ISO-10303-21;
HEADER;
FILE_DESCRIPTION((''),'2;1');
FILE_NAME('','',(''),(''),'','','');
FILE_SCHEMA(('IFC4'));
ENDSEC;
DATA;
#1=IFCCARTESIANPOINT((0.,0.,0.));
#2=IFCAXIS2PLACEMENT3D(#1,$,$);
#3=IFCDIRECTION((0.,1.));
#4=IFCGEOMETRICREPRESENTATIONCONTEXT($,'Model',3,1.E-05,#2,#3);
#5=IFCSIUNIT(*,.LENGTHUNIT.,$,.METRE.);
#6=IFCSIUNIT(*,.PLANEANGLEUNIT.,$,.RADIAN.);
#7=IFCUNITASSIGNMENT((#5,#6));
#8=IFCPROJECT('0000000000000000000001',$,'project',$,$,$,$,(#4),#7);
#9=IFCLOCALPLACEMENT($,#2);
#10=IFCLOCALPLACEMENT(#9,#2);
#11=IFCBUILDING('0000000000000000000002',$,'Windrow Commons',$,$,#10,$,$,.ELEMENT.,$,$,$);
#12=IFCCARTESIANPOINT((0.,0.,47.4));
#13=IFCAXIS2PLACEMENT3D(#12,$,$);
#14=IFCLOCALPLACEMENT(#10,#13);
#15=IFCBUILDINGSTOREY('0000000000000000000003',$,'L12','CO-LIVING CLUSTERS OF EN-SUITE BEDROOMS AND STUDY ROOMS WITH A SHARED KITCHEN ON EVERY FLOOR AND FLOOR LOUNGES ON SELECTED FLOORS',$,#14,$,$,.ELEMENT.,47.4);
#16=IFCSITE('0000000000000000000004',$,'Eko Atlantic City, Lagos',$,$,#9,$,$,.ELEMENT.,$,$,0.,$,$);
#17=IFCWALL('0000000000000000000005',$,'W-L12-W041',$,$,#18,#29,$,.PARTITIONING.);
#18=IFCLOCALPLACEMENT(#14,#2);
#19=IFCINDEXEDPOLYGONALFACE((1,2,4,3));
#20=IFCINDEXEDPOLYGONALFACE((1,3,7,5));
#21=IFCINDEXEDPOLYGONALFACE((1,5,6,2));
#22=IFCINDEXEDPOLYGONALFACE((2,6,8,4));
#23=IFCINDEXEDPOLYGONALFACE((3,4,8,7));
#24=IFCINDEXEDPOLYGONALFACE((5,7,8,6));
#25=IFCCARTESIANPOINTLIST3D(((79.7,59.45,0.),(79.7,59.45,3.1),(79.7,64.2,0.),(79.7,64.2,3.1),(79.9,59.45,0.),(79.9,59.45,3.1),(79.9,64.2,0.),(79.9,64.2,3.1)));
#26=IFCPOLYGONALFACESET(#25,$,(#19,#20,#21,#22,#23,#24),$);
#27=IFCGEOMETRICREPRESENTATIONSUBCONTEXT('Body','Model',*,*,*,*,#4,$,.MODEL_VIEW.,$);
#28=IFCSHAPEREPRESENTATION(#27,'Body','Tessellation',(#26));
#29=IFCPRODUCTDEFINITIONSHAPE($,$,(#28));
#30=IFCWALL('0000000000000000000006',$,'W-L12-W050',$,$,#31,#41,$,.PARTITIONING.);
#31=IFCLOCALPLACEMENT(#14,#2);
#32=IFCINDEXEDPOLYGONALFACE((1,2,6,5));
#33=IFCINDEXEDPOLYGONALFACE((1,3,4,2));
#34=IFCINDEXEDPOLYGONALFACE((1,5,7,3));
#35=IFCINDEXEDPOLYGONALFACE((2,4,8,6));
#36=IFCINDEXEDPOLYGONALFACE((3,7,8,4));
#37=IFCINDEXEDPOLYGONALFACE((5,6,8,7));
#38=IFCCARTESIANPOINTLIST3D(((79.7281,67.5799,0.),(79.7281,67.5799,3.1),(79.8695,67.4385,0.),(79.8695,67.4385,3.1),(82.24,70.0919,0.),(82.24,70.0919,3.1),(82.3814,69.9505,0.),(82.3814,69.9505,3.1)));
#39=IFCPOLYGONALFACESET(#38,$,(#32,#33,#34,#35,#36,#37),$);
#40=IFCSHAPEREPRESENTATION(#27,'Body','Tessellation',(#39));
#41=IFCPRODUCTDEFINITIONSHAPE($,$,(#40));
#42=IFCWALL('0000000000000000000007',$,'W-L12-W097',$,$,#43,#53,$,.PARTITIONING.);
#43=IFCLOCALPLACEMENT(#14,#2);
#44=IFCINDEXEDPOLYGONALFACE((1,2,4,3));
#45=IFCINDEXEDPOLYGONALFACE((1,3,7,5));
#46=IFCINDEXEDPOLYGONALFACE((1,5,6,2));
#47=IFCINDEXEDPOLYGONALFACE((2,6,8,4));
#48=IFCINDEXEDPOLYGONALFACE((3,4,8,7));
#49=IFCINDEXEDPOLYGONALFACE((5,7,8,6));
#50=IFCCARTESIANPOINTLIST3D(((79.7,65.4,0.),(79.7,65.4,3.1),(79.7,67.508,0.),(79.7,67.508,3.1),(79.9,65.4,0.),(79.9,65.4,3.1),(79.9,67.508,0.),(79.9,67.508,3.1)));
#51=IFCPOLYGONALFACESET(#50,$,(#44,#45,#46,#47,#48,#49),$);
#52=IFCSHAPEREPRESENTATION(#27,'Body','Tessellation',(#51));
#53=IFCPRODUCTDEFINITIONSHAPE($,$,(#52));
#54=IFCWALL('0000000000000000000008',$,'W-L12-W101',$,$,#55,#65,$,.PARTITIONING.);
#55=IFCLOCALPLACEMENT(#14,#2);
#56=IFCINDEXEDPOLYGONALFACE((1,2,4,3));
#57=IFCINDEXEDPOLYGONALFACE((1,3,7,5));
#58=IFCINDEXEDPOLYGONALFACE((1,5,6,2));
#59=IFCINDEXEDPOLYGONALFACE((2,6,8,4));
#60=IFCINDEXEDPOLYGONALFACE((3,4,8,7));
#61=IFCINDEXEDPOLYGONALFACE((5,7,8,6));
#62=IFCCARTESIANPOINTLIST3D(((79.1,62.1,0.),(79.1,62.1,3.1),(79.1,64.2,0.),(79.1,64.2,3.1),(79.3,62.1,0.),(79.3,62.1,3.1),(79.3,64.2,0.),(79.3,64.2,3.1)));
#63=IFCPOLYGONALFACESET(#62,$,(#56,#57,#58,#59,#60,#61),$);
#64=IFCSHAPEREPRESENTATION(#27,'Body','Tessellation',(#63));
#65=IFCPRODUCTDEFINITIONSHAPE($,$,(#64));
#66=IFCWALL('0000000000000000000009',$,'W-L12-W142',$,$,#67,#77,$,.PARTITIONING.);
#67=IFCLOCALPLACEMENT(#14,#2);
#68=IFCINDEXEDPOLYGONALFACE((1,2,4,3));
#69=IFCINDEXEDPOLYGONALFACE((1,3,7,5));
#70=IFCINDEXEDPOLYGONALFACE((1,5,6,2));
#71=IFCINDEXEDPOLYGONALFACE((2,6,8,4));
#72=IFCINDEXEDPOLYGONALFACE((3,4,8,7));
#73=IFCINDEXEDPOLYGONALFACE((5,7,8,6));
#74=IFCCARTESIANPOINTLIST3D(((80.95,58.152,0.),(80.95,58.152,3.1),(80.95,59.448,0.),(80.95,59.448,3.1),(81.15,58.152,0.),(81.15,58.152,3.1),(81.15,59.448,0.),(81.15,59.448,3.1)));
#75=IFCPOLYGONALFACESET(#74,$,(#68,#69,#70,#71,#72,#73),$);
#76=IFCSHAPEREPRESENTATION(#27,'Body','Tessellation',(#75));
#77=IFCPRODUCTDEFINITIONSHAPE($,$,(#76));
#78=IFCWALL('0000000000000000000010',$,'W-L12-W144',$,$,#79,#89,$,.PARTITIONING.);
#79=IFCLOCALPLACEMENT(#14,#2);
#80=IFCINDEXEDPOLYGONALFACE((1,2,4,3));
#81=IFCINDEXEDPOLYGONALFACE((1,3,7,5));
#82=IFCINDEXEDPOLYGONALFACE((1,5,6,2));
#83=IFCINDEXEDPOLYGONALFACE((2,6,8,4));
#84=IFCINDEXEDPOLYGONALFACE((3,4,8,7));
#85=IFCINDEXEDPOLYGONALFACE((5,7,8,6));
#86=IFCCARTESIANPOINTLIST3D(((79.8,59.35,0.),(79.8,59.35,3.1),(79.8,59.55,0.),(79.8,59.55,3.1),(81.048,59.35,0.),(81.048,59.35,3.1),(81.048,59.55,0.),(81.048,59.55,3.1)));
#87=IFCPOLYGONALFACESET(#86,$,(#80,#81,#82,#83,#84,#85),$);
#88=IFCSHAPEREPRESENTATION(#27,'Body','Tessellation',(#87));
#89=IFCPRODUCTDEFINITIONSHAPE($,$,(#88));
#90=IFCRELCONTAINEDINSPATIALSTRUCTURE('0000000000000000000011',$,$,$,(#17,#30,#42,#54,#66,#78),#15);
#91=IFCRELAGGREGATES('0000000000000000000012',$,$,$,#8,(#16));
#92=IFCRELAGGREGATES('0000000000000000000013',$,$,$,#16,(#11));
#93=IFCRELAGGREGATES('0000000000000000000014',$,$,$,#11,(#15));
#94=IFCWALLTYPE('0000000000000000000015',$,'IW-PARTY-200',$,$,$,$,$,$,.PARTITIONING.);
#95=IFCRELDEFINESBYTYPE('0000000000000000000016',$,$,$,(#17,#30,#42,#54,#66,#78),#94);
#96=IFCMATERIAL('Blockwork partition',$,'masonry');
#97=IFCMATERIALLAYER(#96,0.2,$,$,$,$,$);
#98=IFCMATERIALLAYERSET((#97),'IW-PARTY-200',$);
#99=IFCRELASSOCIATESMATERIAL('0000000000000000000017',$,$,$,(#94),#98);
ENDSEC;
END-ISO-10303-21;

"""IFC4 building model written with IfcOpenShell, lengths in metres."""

from ifc_helpers import new_model, si_unit, direction, frame, frame_2d, origin, place, context, subcontext, project, spatial, rectangle, extrude, material, layer, layer_set, type_object, element, save


model = new_model("IFC4")

# Units and contexts
model_context = context("Model", 3, precision=1e-05, world=origin(), true_north=direction((0.0, 1.0)))
body_context = subcontext(model_context, "Body", "Model", "MODEL_VIEW")
ifc_project = project(units=[si_unit("LENGTHUNIT", "METRE"), si_unit("PLANEANGLEUNIT", "RADIAN")], contexts=[model_context])

# Site, building, storey
site_placement = place(None, origin())
site = spatial("IfcSite", under=ifc_project, at=site_placement, Name="Eko Atlantic City, Lagos", CompositionType="ELEMENT", RefElevation=0.0)
building_placement = place(site_placement, origin())
building = spatial("IfcBuilding", under=site, at=building_placement, Name="Windrow Commons", CompositionType="ELEMENT")
storey_placement = place(building_placement, frame((0.0, 0.0, 47.4)))
storey = spatial("IfcBuildingStorey", under=building, at=storey_placement, Name="L12", Description="CO-LIVING CLUSTERS OF EN-SUITE BEDROOMS AND STUDY ROOMS WITH A SHARED KITCHEN ON EVERY FLOOR AND FLOOR LOUNGES ON SELECTED FLOORS", CompositionType="ELEMENT", Elevation=47.4)

# Walls
ifc_material_1 = material(Name="Blockwork partition", Category="masonry")
ifc_layer_1 = layer(ifc_material_1, 0.2)
ifc_layer_set_1 = layer_set([ifc_layer_1], Name="IW-PARTY-200")
wall_type_1 = type_object("IfcWallType", Name="IW-PARTY-200", PredefinedType="PARTITIONING", material=ifc_layer_set_1)
wall_1_placement = place(storey_placement, frame((79.8, 59.45, 0.0), z_axis=(0.0, 0.0, 1.0), x_axis=(0.0, 1.0, 0.0)))
element("IfcWall", 1, at=wall_1_placement, inside=storey, type_object=wall_type_1, Name="W-L12-W041", PredefinedType="PARTITIONING", context=body_context, shape_type="SweptSolid", body=[
    extrude(rectangle(XDim=4.75, YDim=0.2, at=frame_2d((2.375, 0.0))), origin(), (0.0, 0.0, 1.0), 3.1),
])
wall_2_placement = place(storey_placement, frame((79.7988, 67.5092, 0.0), z_axis=(0.0, 0.0, 1.0), x_axis=(0.707093, 0.707121, 0.0)))
element("IfcWall", 2, at=wall_2_placement, inside=storey, type_object=wall_type_1, Name="W-L12-W050", PredefinedType="PARTITIONING", context=body_context, shape_type="SweptSolid", body=[
    extrude(rectangle(XDim=3.5524, YDim=0.2, at=frame_2d((1.7762, 0.0))), origin(), (0.0, 0.0, 1.0), 3.1),
])
wall_3_placement = place(storey_placement, frame((79.8, 65.4, 0.0), z_axis=(0.0, 0.0, 1.0), x_axis=(0.0, 1.0, 0.0)))
element("IfcWall", 3, at=wall_3_placement, inside=storey, type_object=wall_type_1, Name="W-L12-W097", PredefinedType="PARTITIONING", context=body_context, shape_type="SweptSolid", body=[
    extrude(rectangle(XDim=2.108, YDim=0.2, at=frame_2d((1.054, 0.0))), origin(), (0.0, 0.0, 1.0), 3.1),
])
wall_4_placement = place(storey_placement, frame((79.2, 62.1, 0.0), z_axis=(0.0, 0.0, 1.0), x_axis=(0.0, 1.0, 0.0)))
element("IfcWall", 4, at=wall_4_placement, inside=storey, type_object=wall_type_1, Name="W-L12-W101", PredefinedType="PARTITIONING", context=body_context, shape_type="SweptSolid", body=[
    extrude(rectangle(XDim=2.1, YDim=0.2, at=frame_2d((1.05, 0.0))), origin(), (0.0, 0.0, 1.0), 3.1),
])
wall_5_placement = place(storey_placement, frame((81.05, 58.152, 0.0), z_axis=(0.0, 0.0, 1.0), x_axis=(0.0, 1.0, 0.0)))
element("IfcWall", 5, at=wall_5_placement, inside=storey, type_object=wall_type_1, Name="W-L12-W142", PredefinedType="PARTITIONING", context=body_context, shape_type="SweptSolid", body=[
    extrude(rectangle(XDim=1.296, YDim=0.2, at=frame_2d((0.648, 0.0))), origin(), (0.0, 0.0, 1.0), 3.1),
])
wall_6_placement = place(storey_placement, frame((79.8, 59.45, 0.0), z_axis=(0.0, 0.0, 1.0), x_axis=(1.0, 0.0, 0.0)))
element("IfcWall", 6, at=wall_6_placement, inside=storey, type_object=wall_type_1, Name="W-L12-W144", PredefinedType="PARTITIONING", context=body_context, shape_type="SweptSolid", body=[
    extrude(rectangle(XDim=1.248, YDim=0.2, at=frame_2d((0.624, 0.0))), origin(), (0.0, 0.0, 1.0), 3.1),
])

save(model, "model.ifc")
